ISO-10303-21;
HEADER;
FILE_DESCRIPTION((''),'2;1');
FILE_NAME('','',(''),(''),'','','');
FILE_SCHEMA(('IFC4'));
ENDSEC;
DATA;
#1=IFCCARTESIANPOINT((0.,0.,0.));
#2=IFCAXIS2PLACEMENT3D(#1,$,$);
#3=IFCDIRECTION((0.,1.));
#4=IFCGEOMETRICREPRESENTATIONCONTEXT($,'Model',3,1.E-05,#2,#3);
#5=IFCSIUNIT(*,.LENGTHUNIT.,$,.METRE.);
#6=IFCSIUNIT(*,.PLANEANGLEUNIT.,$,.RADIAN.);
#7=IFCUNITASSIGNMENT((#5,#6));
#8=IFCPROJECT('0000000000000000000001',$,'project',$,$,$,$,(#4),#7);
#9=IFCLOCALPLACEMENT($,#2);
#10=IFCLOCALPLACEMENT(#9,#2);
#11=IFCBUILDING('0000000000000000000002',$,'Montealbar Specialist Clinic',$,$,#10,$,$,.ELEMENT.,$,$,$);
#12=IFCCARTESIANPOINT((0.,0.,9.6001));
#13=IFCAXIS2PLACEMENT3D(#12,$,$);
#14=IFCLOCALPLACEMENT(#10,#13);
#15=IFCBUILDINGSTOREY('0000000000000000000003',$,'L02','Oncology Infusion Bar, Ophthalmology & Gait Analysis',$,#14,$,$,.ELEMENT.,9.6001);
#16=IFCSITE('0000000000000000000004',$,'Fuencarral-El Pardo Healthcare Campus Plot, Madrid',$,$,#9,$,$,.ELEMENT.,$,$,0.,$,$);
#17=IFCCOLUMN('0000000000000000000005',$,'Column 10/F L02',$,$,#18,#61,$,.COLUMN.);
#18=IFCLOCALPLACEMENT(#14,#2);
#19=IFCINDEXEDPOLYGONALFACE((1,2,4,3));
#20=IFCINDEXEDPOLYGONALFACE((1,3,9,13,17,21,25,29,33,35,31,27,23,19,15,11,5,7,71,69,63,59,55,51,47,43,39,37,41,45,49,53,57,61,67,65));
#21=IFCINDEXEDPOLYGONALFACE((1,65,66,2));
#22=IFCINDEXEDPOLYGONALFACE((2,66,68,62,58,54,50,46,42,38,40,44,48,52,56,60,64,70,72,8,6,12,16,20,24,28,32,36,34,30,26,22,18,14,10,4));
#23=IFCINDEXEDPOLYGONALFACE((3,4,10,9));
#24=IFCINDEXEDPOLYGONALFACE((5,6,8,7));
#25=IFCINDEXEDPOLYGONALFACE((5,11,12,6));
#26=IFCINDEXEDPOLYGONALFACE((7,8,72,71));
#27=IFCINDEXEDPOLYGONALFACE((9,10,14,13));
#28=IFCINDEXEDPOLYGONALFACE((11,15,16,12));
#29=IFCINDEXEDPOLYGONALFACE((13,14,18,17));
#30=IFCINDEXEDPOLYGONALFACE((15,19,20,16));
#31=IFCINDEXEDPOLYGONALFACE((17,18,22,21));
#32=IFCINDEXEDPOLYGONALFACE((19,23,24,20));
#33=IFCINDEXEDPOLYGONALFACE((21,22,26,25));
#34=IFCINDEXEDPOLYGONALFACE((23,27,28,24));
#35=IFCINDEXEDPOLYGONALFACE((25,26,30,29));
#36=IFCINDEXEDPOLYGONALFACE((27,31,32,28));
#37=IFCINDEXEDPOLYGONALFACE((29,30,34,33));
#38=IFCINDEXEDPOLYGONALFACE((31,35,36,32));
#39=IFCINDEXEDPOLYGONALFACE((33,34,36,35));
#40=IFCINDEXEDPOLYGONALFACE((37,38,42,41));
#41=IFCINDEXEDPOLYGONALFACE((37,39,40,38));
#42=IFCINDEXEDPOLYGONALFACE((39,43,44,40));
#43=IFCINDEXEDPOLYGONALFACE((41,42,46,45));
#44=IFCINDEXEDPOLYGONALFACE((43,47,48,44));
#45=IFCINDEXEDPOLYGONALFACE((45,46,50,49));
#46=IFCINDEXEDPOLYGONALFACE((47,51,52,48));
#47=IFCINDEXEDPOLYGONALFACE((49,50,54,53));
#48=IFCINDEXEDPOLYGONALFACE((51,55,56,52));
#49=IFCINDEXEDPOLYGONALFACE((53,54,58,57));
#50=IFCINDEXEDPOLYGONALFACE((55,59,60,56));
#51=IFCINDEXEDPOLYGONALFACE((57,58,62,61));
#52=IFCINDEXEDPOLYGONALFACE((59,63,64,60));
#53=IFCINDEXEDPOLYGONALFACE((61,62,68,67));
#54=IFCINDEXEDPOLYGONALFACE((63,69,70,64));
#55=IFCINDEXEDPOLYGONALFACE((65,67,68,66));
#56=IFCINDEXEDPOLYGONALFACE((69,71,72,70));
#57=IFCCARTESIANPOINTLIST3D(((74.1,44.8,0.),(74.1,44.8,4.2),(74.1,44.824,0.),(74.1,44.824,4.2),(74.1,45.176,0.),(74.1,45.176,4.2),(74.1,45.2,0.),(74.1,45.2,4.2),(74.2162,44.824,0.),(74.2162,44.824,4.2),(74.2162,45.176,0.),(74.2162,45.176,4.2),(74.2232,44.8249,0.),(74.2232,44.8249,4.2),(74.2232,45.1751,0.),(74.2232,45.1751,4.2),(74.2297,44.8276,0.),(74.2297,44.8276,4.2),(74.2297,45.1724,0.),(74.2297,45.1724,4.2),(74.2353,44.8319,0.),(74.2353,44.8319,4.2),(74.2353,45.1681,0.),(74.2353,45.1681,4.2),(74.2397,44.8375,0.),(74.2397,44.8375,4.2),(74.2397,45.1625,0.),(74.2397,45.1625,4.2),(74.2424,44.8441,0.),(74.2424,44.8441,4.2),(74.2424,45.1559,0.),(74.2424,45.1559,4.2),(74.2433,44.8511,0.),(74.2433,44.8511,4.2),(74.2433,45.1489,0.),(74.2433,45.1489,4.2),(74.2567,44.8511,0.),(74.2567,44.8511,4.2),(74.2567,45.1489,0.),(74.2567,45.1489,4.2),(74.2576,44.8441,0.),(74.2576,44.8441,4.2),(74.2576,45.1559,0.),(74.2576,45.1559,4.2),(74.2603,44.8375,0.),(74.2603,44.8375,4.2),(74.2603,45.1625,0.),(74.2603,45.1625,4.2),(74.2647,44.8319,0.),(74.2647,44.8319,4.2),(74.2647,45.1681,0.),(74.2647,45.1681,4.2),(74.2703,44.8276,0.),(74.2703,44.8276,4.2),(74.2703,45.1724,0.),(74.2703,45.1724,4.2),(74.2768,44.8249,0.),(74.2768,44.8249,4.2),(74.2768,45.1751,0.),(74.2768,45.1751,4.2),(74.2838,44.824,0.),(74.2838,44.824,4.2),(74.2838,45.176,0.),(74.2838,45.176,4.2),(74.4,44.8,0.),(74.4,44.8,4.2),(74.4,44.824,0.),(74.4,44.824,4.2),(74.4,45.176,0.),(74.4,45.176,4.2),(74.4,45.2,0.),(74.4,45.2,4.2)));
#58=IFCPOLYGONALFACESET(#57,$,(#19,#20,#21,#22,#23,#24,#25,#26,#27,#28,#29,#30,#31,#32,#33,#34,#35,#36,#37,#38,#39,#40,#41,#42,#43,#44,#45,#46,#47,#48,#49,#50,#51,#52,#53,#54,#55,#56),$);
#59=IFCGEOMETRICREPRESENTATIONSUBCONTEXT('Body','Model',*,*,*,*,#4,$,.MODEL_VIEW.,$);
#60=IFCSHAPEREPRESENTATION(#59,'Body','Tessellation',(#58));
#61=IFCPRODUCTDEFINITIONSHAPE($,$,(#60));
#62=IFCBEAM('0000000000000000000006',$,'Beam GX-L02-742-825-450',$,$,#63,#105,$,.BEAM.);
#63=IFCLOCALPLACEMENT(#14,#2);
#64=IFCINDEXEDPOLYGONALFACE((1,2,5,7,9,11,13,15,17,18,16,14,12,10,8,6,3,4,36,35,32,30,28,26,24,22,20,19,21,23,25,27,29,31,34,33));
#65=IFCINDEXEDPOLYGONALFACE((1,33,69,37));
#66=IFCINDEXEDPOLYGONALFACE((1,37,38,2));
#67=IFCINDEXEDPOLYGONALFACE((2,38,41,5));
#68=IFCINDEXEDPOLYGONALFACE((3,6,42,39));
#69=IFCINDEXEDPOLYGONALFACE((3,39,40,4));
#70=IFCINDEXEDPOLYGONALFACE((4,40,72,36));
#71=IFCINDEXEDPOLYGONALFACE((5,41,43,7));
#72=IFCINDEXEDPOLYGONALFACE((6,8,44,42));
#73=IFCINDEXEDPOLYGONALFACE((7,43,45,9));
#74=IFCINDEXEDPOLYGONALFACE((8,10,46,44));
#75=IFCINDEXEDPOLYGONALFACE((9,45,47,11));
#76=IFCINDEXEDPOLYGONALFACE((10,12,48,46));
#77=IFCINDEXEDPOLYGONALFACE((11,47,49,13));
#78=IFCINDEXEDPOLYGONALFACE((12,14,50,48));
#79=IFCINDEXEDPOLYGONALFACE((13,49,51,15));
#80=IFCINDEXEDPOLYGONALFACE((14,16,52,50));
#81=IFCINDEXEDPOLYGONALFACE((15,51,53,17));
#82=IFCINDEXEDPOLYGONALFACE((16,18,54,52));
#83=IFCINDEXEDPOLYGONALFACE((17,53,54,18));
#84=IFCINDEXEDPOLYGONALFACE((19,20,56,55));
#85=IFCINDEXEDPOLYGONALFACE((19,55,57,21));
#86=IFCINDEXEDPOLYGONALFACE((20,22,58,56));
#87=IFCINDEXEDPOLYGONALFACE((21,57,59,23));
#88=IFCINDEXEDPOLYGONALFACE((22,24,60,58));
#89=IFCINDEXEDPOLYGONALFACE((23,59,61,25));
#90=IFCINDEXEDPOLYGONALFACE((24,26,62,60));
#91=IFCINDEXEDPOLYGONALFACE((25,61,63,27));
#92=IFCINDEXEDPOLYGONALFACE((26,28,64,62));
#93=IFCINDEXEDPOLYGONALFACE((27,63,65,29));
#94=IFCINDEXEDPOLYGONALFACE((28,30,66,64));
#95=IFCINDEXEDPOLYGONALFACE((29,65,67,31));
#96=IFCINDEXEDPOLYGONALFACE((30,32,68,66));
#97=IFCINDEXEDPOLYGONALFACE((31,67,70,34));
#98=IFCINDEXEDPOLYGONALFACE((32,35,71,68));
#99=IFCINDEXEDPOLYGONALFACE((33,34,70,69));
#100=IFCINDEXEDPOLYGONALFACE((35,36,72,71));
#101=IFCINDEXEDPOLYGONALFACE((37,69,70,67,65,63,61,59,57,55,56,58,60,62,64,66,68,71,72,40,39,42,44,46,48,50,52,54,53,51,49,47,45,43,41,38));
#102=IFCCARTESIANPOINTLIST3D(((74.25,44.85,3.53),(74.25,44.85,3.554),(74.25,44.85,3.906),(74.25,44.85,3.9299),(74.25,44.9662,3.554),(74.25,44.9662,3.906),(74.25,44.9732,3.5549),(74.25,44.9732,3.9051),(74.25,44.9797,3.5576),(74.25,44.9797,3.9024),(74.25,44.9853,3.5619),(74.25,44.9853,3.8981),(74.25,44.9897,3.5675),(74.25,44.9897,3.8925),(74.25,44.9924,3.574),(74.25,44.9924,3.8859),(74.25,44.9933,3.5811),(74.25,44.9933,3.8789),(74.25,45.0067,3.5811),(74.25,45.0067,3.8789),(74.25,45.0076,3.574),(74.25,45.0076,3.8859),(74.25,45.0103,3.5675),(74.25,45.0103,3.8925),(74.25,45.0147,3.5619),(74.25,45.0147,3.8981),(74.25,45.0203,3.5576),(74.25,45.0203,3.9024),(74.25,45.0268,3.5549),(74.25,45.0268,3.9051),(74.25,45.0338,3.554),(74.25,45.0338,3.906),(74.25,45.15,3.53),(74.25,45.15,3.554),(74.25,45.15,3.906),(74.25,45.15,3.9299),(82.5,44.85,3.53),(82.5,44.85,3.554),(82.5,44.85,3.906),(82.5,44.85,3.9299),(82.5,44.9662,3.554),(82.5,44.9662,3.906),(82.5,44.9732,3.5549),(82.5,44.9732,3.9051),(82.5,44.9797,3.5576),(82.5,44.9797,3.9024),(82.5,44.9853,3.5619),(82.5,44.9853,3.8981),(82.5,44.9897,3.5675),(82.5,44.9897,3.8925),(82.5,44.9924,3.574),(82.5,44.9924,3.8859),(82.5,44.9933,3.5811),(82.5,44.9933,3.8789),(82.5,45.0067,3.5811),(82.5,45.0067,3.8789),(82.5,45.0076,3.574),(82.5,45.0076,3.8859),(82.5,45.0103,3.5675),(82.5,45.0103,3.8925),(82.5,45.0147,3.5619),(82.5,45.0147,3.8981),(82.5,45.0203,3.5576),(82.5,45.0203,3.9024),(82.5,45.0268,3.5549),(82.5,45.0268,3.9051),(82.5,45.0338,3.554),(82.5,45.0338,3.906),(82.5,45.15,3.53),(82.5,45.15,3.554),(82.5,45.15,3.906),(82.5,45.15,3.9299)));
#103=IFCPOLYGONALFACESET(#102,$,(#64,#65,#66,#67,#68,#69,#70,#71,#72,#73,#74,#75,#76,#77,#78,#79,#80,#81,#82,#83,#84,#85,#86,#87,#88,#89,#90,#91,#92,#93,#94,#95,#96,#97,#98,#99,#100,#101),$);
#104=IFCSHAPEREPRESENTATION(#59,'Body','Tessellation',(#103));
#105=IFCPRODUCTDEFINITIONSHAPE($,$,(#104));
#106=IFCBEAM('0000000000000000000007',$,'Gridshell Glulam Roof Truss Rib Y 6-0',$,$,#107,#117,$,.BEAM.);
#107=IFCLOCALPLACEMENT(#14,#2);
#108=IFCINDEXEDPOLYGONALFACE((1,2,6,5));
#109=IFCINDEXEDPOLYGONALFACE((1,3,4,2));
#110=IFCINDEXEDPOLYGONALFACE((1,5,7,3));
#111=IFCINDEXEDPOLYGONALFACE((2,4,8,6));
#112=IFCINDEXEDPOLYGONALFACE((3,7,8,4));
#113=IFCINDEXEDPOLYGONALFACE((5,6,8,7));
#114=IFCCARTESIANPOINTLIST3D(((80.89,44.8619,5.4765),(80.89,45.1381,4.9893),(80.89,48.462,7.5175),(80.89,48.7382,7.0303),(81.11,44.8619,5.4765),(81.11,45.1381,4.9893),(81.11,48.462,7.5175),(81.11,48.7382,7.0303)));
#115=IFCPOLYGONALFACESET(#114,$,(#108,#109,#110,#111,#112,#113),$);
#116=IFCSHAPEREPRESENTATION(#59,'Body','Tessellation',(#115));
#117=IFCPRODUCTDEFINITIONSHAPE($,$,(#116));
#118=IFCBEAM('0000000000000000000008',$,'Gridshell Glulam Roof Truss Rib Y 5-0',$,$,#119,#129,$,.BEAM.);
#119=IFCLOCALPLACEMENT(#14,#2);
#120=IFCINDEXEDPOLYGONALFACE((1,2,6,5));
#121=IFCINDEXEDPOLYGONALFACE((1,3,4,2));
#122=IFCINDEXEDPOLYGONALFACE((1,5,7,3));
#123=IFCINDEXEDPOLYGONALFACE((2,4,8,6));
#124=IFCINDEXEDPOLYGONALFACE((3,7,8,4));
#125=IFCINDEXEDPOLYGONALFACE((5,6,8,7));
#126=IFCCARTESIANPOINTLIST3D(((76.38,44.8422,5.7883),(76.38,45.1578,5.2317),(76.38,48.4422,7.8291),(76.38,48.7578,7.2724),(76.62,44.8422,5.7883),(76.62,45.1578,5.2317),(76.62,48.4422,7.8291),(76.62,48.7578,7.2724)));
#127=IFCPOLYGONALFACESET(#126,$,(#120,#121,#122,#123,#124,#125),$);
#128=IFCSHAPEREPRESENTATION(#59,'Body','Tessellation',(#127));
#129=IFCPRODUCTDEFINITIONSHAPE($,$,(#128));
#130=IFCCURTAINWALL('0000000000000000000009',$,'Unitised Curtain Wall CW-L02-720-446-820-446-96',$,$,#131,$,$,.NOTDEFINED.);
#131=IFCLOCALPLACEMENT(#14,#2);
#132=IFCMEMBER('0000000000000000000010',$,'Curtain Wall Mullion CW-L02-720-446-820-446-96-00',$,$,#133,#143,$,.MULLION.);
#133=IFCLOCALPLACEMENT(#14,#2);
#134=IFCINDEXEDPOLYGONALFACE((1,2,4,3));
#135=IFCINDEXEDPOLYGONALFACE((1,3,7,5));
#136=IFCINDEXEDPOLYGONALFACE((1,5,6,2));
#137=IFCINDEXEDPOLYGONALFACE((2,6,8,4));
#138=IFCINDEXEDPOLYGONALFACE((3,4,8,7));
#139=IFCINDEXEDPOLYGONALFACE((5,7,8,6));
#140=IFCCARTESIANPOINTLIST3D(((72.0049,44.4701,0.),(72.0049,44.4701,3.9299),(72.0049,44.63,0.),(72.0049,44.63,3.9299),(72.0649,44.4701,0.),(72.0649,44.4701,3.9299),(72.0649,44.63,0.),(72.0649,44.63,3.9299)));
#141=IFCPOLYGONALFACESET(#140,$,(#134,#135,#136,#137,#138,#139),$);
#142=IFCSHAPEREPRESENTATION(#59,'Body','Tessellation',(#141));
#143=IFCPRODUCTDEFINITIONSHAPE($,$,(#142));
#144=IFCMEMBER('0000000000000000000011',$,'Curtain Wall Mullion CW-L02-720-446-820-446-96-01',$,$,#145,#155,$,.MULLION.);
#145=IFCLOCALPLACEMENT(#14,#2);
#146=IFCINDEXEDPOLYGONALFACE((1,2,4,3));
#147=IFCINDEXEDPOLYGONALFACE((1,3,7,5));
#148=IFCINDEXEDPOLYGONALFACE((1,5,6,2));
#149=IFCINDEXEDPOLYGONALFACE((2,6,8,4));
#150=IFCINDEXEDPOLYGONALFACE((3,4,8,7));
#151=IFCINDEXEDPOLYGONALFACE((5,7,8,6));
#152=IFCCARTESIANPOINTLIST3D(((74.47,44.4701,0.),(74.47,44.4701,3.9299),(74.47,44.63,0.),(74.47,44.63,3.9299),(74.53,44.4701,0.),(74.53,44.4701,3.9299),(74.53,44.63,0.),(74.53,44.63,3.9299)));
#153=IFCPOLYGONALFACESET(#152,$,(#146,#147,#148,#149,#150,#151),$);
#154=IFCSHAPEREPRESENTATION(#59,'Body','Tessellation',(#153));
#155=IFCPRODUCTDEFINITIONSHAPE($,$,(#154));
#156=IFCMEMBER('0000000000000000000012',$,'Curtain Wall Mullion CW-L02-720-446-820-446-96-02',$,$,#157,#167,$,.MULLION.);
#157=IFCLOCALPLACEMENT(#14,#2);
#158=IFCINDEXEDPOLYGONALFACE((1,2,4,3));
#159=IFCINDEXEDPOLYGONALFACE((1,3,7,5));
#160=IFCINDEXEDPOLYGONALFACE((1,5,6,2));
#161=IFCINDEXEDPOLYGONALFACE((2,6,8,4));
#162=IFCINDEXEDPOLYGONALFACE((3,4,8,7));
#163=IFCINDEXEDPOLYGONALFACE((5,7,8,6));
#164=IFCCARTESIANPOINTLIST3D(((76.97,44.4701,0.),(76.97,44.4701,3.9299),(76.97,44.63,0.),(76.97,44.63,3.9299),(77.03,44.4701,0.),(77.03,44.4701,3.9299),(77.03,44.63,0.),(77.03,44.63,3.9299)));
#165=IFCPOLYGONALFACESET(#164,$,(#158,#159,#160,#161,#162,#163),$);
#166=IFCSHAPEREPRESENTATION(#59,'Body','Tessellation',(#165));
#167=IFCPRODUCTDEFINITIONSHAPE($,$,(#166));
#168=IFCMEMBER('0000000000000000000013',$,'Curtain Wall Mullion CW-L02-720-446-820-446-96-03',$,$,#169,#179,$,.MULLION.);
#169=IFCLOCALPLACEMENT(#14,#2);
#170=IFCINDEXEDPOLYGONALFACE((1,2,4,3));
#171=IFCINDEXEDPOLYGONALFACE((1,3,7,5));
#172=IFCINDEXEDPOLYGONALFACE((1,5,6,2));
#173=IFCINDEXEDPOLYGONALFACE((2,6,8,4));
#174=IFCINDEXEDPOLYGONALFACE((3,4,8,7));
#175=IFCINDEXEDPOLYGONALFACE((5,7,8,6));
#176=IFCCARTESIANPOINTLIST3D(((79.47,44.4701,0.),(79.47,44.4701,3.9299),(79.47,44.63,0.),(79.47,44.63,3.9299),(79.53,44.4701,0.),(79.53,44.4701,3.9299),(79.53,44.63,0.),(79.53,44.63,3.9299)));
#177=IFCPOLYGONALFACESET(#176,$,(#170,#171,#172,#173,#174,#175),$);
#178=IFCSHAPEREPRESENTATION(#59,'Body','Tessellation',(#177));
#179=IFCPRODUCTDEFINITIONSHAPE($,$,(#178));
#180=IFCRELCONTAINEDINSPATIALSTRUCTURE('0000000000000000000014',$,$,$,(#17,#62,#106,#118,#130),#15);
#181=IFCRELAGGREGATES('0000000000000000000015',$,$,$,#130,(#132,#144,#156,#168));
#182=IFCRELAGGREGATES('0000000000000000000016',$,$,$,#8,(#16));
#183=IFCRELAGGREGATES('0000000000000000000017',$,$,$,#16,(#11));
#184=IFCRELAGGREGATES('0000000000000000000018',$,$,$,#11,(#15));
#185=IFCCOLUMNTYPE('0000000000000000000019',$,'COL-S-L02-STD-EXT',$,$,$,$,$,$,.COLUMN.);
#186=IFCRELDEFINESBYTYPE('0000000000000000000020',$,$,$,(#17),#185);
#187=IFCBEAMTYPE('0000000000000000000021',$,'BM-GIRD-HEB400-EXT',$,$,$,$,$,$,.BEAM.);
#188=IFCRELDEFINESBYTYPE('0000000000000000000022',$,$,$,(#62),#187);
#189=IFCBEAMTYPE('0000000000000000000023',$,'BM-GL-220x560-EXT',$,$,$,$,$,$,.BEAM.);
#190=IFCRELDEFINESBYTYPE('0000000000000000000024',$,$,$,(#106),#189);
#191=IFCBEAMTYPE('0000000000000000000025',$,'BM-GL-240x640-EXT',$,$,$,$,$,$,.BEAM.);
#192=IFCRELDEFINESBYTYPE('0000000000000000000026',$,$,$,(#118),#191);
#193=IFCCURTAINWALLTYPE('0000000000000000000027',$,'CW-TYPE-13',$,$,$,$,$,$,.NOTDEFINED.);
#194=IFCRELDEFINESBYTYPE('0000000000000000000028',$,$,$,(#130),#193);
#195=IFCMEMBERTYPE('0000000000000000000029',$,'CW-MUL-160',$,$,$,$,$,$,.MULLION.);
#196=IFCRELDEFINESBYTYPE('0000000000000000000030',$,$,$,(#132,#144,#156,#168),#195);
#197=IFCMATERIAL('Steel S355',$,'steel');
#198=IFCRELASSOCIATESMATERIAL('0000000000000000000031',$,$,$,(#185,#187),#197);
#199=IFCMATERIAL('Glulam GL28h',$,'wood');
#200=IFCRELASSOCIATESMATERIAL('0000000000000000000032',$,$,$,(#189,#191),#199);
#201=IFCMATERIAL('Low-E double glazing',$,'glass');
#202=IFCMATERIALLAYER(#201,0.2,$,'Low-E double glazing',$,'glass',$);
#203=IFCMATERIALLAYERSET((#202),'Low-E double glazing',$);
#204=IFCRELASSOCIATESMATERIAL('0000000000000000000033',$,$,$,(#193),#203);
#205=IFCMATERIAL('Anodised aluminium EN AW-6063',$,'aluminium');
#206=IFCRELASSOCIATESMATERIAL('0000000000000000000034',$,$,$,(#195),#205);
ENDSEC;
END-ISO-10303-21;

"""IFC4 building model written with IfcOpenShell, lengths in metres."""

from ifc_helpers import new_model, si_unit, direction, frame, origin, origin_2d, place, context, subcontext, project, spatial, rectangle, i_section, extrude, material, layer, layer_set, material_profile, profile_set, type_object, element, aggregate, save


model = new_model("IFC4")

# Units and contexts
model_context = context("Model", 3, precision=1e-05, world=origin(), true_north=direction((0.0, 1.0)))
body_context = subcontext(model_context, "Body", "Model", "MODEL_VIEW")
ifc_project = project(units=[si_unit("LENGTHUNIT", "METRE"), si_unit("PLANEANGLEUNIT", "RADIAN")], contexts=[model_context])

# Site, building, storey
site_placement = place(None, origin())
site = spatial("IfcSite", under=ifc_project, at=site_placement, Name="Fuencarral-El Pardo Healthcare Campus Plot, Madrid", CompositionType="ELEMENT", RefElevation=0.0)
building_placement = place(site_placement, origin())
building = spatial("IfcBuilding", under=site, at=building_placement, Name="Montealbar Specialist Clinic", CompositionType="ELEMENT")
storey_placement = place(building_placement, frame((0.0, 0.0, 9.6001)))
storey = spatial("IfcBuildingStorey", under=building, at=storey_placement, Name="L02", Description="Oncology Infusion Bar, Ophthalmology & Gait Analysis", CompositionType="ELEMENT", Elevation=9.6001)

# Column
ifc_material_1 = material(Name="Steel S355", Category="steel")
ifc_material_profile_1 = material_profile(ifc_material_1, i_section(OverallWidth=0.3, OverallDepth=0.3999, WebThickness=0.0134, FlangeThickness=0.0239, FilletRadius=0.0271, at=origin_2d()), Name="HEB 400", Category="steel")
ifc_profile_set_1 = profile_set([ifc_material_profile_1], Name="Steel S355")
column_type = type_object("IfcColumnType", Name="COL-S-L02-STD-EXT", PredefinedType="COLUMN", material=ifc_profile_set_1)
column_placement = place(storey_placement, frame((74.25, 45.0, 0.0), z_axis=(0.0, 0.0, 1.0), x_axis=(1.0, 0.0, 0.0)))
element("IfcColumn", 1, at=column_placement, inside=storey, type_object=column_type, Name="Column 10/F L02", PredefinedType="COLUMN", context=body_context, shape_type="SweptSolid", body=[
    extrude(i_section(OverallWidth=0.3, OverallDepth=0.3999, WebThickness=0.0134, FlangeThickness=0.0239, FilletRadius=0.0271, at=origin_2d()), origin(), (0.0, 0.0, 1.0), 4.2),
])

# Beams
ifc_material_profile_2 = material_profile(ifc_material_1, i_section(OverallWidth=0.3, OverallDepth=0.3999, WebThickness=0.0134, FlangeThickness=0.0239, FilletRadius=0.0271, at=origin_2d()), Name="HEB 400", Category="steel")
ifc_profile_set_2 = profile_set([ifc_material_profile_2], Name="Steel S355")
beam_type_1 = type_object("IfcBeamType", Name="BM-GIRD-HEB400-EXT", PredefinedType="BEAM", material=ifc_profile_set_2)
beam_1_placement = place(storey_placement, frame((74.25, 45.0, 3.73), z_axis=(1.0, 0.0, 0.0), x_axis=(0.0, 1.0, 0.0)))
element("IfcBeam", 2, at=beam_1_placement, inside=storey, type_object=beam_type_1, Name="Beam GX-L02-742-825-450", PredefinedType="BEAM", context=body_context, shape_type="SweptSolid", body=[
    extrude(i_section(OverallWidth=0.3, OverallDepth=0.3999, WebThickness=0.0134, FlangeThickness=0.0239, FilletRadius=0.0271, at=origin_2d()), origin(), (0.0, 0.0, 1.0), 8.25),
])
ifc_material_2 = material(Name="Glulam GL28h", Category="wood")
ifc_material_profile_3 = material_profile(ifc_material_2, rectangle(XDim=0.22, YDim=0.5601, at=origin_2d()), Name="GL28h 220x560", Category="wood")
ifc_profile_set_3 = profile_set([ifc_material_profile_3], Name="Glulam GL28h")
beam_type_2 = type_object("IfcBeamType", Name="BM-GL-220x560-EXT", PredefinedType="BEAM", material=ifc_profile_set_3)
beam_2_placement = place(storey_placement, frame((81.0, 45.0, 5.2329), z_axis=(0.0, 0.869923, 0.493188), x_axis=(-1.0, 0.0, 0.0)))
element("IfcBeam", 3, at=beam_2_placement, inside=storey, type_object=beam_type_2, Name="Gridshell Glulam Roof Truss Rib Y 6-0", PredefinedType="BEAM", context=body_context, shape_type="SweptSolid", body=[
    extrude(rectangle(XDim=0.22, YDim=0.5601, at=origin_2d()), origin(), (0.0, 0.0, 1.0), 4.1384),
])
ifc_material_profile_4 = material_profile(ifc_material_2, rectangle(XDim=0.24, YDim=0.6399, at=origin_2d()), Name="GL28h 240x640", Category="wood")
ifc_profile_set_4 = profile_set([ifc_material_profile_4], Name="Glulam GL28h")
beam_type_3 = type_object("IfcBeamType", Name="BM-GL-240x640-EXT", PredefinedType="BEAM", material=ifc_profile_set_4)
beam_3_placement = place(storey_placement, frame((76.5, 45.0, 5.51), z_axis=(0.0, 0.869948, 0.493144), x_axis=(-1.0, 0.0, 0.0)))
element("IfcBeam", 4, at=beam_3_placement, inside=storey, type_object=beam_type_3, Name="Gridshell Glulam Roof Truss Rib Y 5-0", PredefinedType="BEAM", context=body_context, shape_type="SweptSolid", body=[
    extrude(rectangle(XDim=0.24, YDim=0.6399, at=origin_2d()), origin(), (0.0, 0.0, 1.0), 4.1382),
])

# Curtain wall, members
ifc_material_3 = material(Name="Low-E double glazing", Category="glass")
ifc_layer_1 = layer(ifc_material_3, 0.2, Name="Low-E double glazing", Category="glass")
ifc_layer_set_1 = layer_set([ifc_layer_1], Name="Low-E double glazing")
curtain_wall_type = type_object("IfcCurtainWallType", Name="CW-TYPE-13", PredefinedType="NOTDEFINED", material=ifc_layer_set_1)
curtain_wall_placement = place(storey_placement, origin())
curtain_wall = element("IfcCurtainWall", 5, at=curtain_wall_placement, inside=storey, type_object=curtain_wall_type, Name="Unitised Curtain Wall CW-L02-720-446-820-446-96", PredefinedType="NOTDEFINED")
ifc_material_4 = material(Name="Anodised aluminium EN AW-6063", Category="aluminium")
ifc_material_profile_5 = material_profile(ifc_material_4, rectangle(XDim=0.0601, YDim=0.1599, at=origin_2d()), Name="ALU 60x160", Category="aluminium")
ifc_profile_set_5 = profile_set([ifc_material_profile_5], Name="Anodised aluminium EN AW-6063")
member_type_1 = type_object("IfcMemberType", Name="CW-MUL-160", PredefinedType="MULLION", material=ifc_profile_set_5)
member_1_placement = place(storey_placement, frame((72.0349, 44.55, 0.0), z_axis=(0.0, 0.0, 1.0), x_axis=(1.0, 0.0, 0.0)))
member_1 = element("IfcMember", 6, at=member_1_placement, type_object=member_type_1, Name="Curtain Wall Mullion CW-L02-720-446-820-446-96-00", PredefinedType="MULLION", context=body_context, shape_type="SweptSolid", body=[
    extrude(rectangle(XDim=0.0601, YDim=0.1599, at=origin_2d()), origin(), (0.0, 0.0, 1.0), 3.9299),
])
member_2_placement = place(storey_placement, frame((74.5, 44.55, 0.0), z_axis=(0.0, 0.0, 1.0), x_axis=(1.0, 0.0, 0.0)))
member_2 = element("IfcMember", 7, at=member_2_placement, type_object=member_type_1, Name="Curtain Wall Mullion CW-L02-720-446-820-446-96-01", PredefinedType="MULLION", context=body_context, shape_type="SweptSolid", body=[
    extrude(rectangle(XDim=0.0601, YDim=0.1599, at=origin_2d()), origin(), (0.0, 0.0, 1.0), 3.9299),
])
member_3_placement = place(storey_placement, frame((77.0, 44.55, 0.0), z_axis=(0.0, 0.0, 1.0), x_axis=(1.0, 0.0, 0.0)))
member_3 = element("IfcMember", 8, at=member_3_placement, type_object=member_type_1, Name="Curtain Wall Mullion CW-L02-720-446-820-446-96-02", PredefinedType="MULLION", context=body_context, shape_type="SweptSolid", body=[
    extrude(rectangle(XDim=0.0601, YDim=0.1599, at=origin_2d()), origin(), (0.0, 0.0, 1.0), 3.9299),
])
member_4_placement = place(storey_placement, frame((79.5, 44.55, 0.0), z_axis=(0.0, 0.0, 1.0), x_axis=(1.0, 0.0, 0.0)))
member_4 = element("IfcMember", 9, at=member_4_placement, type_object=member_type_1, Name="Curtain Wall Mullion CW-L02-720-446-820-446-96-03", PredefinedType="MULLION", context=body_context, shape_type="SweptSolid", body=[
    extrude(rectangle(XDim=0.0601, YDim=0.1599, at=origin_2d()), origin(), (0.0, 0.0, 1.0), 3.9299),
])

aggregate(curtain_wall, [member_1, member_2, member_3, member_4])

save(model, "model.ifc")
